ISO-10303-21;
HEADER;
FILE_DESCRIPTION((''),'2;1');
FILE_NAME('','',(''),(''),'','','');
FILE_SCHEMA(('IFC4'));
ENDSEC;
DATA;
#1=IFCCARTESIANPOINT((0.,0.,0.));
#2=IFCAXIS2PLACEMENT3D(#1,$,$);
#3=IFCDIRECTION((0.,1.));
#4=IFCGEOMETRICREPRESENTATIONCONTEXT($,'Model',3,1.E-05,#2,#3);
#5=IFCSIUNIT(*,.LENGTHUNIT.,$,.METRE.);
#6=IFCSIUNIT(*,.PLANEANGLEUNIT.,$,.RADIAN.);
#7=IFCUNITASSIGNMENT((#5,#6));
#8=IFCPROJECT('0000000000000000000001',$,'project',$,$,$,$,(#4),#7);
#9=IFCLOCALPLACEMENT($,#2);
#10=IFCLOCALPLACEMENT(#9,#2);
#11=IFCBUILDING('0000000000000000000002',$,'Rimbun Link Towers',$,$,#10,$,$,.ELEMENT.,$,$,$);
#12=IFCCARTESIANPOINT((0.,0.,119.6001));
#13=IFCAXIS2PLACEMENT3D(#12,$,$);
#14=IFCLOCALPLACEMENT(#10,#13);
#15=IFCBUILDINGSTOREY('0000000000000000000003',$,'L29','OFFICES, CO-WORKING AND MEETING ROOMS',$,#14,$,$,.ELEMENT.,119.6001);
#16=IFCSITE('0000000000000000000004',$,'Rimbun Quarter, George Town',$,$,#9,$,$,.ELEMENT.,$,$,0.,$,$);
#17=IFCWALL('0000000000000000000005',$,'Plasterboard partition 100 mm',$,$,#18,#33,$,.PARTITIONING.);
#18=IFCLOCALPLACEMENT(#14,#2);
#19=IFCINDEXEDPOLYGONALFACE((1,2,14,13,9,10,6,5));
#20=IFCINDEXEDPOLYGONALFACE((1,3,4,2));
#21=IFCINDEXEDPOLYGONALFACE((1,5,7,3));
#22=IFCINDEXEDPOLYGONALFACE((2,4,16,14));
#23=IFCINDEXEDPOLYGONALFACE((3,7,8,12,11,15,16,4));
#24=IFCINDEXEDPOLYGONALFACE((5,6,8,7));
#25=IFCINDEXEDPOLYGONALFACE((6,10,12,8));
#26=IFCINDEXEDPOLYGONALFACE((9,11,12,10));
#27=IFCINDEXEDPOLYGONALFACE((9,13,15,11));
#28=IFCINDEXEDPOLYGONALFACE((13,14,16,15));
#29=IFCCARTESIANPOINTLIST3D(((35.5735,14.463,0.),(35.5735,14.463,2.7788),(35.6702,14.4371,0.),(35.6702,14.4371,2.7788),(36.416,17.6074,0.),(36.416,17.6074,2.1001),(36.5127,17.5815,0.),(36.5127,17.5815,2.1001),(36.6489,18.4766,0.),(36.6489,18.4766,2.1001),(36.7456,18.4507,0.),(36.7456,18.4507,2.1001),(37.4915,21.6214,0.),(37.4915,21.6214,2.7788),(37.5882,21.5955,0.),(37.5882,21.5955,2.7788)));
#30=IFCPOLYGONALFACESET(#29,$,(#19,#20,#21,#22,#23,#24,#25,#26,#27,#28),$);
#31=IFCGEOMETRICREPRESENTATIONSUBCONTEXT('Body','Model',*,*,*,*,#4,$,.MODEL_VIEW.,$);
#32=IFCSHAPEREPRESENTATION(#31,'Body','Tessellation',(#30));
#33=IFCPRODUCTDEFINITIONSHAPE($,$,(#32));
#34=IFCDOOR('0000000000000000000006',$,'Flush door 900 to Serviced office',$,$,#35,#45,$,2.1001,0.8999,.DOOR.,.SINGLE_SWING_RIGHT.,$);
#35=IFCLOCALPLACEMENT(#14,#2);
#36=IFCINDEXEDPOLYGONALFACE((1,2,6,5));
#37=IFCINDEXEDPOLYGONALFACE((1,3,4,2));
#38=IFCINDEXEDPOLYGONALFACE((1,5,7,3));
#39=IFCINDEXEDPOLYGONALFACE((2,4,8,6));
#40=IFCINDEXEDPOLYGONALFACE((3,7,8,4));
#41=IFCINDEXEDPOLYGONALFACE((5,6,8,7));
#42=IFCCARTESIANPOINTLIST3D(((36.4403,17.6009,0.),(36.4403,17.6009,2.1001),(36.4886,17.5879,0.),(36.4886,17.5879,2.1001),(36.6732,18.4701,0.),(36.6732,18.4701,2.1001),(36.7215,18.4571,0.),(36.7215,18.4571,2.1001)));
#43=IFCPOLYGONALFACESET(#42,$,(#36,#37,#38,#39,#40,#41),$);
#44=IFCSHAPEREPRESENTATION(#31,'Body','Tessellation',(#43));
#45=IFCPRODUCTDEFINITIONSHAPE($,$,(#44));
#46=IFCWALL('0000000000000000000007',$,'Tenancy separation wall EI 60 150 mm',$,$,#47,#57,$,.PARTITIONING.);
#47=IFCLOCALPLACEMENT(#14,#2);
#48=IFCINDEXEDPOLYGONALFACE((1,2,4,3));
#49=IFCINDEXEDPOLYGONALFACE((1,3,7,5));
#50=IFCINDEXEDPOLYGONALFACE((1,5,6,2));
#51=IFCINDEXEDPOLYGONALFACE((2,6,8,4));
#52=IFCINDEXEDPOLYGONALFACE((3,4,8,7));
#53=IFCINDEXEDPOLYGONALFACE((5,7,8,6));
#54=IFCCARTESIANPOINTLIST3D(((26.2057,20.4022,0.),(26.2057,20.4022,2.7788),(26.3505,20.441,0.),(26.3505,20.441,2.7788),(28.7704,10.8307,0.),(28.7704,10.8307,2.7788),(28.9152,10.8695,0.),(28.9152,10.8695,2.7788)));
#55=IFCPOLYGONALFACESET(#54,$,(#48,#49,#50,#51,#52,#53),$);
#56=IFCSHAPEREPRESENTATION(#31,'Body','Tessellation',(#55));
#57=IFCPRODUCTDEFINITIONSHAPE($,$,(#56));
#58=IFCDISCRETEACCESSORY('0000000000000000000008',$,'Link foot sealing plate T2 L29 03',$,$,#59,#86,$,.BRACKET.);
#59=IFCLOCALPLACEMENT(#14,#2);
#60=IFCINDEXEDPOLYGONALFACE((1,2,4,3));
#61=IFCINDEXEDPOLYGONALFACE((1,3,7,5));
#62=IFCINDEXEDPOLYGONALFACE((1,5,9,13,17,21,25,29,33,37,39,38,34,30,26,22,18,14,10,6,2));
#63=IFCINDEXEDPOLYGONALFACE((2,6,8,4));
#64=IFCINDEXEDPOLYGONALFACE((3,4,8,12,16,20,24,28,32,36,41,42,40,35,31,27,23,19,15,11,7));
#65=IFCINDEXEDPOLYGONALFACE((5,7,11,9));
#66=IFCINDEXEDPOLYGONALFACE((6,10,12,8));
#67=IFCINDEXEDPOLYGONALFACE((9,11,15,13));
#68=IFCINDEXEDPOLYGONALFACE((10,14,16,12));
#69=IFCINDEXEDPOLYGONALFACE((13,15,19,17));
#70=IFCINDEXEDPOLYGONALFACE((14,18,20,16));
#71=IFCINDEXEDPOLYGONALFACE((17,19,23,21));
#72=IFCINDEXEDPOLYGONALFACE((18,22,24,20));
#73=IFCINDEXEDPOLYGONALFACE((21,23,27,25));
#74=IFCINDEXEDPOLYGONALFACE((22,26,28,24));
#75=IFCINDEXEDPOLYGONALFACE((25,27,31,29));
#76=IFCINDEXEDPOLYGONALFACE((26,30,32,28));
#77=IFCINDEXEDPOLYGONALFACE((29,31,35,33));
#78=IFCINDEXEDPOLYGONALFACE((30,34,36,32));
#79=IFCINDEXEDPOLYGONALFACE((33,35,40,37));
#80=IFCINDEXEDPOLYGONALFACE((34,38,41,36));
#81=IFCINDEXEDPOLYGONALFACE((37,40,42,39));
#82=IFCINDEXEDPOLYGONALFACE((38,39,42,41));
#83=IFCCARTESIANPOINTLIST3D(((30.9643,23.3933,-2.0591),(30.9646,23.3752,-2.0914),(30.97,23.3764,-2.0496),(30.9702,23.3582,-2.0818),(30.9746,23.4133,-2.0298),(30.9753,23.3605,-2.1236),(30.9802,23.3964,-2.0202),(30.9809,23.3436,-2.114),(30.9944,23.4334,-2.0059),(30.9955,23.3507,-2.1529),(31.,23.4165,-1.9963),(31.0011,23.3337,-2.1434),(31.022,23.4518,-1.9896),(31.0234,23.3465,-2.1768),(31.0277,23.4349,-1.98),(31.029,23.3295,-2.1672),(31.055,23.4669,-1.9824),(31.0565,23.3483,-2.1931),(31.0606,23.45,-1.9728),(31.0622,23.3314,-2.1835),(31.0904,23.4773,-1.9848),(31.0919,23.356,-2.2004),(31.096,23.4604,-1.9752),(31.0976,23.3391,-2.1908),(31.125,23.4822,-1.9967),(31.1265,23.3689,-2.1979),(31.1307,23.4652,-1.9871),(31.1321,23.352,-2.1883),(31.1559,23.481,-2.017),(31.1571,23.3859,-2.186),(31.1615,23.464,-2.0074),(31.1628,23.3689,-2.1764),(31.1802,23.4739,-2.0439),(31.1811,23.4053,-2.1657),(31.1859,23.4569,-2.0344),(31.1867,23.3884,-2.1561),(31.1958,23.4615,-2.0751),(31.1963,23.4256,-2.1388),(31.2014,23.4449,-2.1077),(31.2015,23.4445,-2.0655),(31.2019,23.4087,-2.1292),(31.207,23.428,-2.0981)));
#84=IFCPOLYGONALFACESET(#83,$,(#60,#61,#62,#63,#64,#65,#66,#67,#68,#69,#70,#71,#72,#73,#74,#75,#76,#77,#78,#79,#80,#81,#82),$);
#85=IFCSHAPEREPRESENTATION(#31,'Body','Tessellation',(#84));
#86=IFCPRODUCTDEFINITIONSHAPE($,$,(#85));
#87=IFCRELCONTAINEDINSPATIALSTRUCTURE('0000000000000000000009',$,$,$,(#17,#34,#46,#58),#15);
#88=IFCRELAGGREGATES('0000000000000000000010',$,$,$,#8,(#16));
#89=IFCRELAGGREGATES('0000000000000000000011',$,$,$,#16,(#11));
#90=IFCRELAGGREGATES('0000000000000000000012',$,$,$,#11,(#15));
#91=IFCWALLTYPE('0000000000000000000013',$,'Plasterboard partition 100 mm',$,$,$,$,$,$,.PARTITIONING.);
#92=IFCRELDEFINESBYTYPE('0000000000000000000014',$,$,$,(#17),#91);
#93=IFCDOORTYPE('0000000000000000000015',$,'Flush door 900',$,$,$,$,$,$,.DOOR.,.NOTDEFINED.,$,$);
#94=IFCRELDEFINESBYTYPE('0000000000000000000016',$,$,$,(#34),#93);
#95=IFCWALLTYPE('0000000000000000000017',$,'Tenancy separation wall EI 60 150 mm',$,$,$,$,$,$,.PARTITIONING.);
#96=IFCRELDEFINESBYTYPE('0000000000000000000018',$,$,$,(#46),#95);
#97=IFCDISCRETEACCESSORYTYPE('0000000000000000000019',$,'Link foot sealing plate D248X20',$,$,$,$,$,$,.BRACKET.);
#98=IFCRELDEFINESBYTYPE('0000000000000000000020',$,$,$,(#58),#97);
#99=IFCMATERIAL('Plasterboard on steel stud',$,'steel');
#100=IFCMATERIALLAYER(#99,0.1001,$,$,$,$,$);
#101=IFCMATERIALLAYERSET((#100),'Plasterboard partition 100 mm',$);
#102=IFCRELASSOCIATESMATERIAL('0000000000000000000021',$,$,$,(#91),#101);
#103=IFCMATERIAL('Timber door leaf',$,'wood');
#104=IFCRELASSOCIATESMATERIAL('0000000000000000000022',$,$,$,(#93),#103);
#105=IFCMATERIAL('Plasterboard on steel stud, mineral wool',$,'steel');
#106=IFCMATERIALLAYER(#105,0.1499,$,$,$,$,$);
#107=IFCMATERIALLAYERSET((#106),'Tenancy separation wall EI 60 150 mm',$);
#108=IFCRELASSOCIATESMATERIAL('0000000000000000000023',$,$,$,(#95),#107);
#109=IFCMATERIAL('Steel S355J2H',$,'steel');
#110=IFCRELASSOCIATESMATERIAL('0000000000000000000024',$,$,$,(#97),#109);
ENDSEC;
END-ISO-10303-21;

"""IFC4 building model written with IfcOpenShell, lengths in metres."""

from ifc_helpers import new_model, si_unit, direction, frame, frame_2d, origin, origin_2d, place, context, subcontext, project, spatial, rectangle, circle, extrude, material, layer, layer_set, material_profile, profile_set, type_object, element, fill, save


model = new_model("IFC4")

# Units and contexts
model_context = context("Model", 3, precision=1e-05, world=origin(), true_north=direction((0.0, 1.0)))
body_context = subcontext(model_context, "Body", "Model", "MODEL_VIEW")
ifc_project = project(units=[si_unit("LENGTHUNIT", "METRE"), si_unit("PLANEANGLEUNIT", "RADIAN")], contexts=[model_context])

# Site, building, storey
site_placement = place(None, origin())
site = spatial("IfcSite", under=ifc_project, at=site_placement, Name="Rimbun Quarter, George Town", CompositionType="ELEMENT", RefElevation=0.0)
building_placement = place(site_placement, origin())
building = spatial("IfcBuilding", under=site, at=building_placement, Name="Rimbun Link Towers", CompositionType="ELEMENT")
storey_placement = place(building_placement, frame((0.0, 0.0, 119.6001)))
storey = spatial("IfcBuildingStorey", under=building, at=storey_placement, Name="L29", Description="OFFICES, CO-WORKING AND MEETING ROOMS", CompositionType="ELEMENT", Elevation=119.6001)

# Shared definitions
ifc_material_1 = material(Name="Plasterboard on steel stud", Category="steel")
ifc_layer_1 = layer(ifc_material_1, 0.1001)
ifc_layer_set_1 = layer_set([ifc_layer_1], Name="Plasterboard partition 100 mm")
wall_type_1 = type_object("IfcWallType", Name="Plasterboard partition 100 mm", PredefinedType="PARTITIONING", material=ifc_layer_set_1)
ifc_material_2 = material(Name="Timber door leaf", Category="wood")
door_type = type_object("IfcDoorType", Name="Flush door 900", OperationType="NOTDEFINED", PredefinedType="DOOR", material=ifc_material_2)

# Wall, opening, door
wall_1_placement = place(storey_placement, frame((35.6218, 14.45, 0.0), z_axis=(0.0, 0.0, 1.0), x_axis=(0.258803, 0.96593, 0.0)))
wall_1 = element("IfcWall", 1, at=wall_1_placement, inside=storey, type_object=wall_type_1, Name="Plasterboard partition 100 mm", PredefinedType="PARTITIONING", context=body_context, shape_type="SweptSolid", body=[
    extrude(rectangle(XDim=7.4109, YDim=0.1001, at=frame_2d((3.7056, 0.0))), origin(), (0.0, 0.0, 1.0), 2.7788),
])
opening_1_placement = place(wall_1_placement, frame((3.2554, 0.0, 0.0)))
opening_1 = element("IfcOpeningElement", 2, at=opening_1_placement, cuts=wall_1, PredefinedType="OPENING", context=body_context, shape_type="SweptSolid", body=[
    extrude(rectangle(XDim=0.8999, YDim=2.1001, at=frame_2d((0.45, 1.05))), frame((0.0, 0.0601, 0.0), z_axis=(0.0, -1.0, 0.0), x_axis=(1.0, 0.0, 0.0)), (0.0, 0.0, 1.0), 0.1201),
])
door_1_placement = place(opening_1_placement, origin())
door_1 = element("IfcDoor", 3, at=door_1_placement, inside=storey, type_object=door_type, Name="Flush door 900 to Serviced office", OperationType="SINGLE_SWING_RIGHT", OverallHeight=2.1001, OverallWidth=0.8999, PredefinedType="DOOR", context=body_context, shape_type="SweptSolid", body=[
    extrude(rectangle(XDim=0.8999, YDim=2.1001, at=frame_2d((0.45, 1.05))), frame((0.0, 0.0249, 0.0), z_axis=(0.0, -1.0, 0.0), x_axis=(1.0, 0.0, 0.0)), (0.0, 0.0, 1.0), 0.05),
])
fill(opening_1, door_1)

# Wall
ifc_material_3 = material(Name="Plasterboard on steel stud, mineral wool", Category="steel")
ifc_layer_2 = layer(ifc_material_3, 0.1499)
ifc_layer_set_2 = layer_set([ifc_layer_2], Name="Tenancy separation wall EI 60 150 mm")
wall_type_2 = type_object("IfcWallType", Name="Tenancy separation wall EI 60 150 mm", PredefinedType="PARTITIONING", material=ifc_layer_set_2)
wall_2_placement = place(storey_placement, frame((28.8428, 10.8501, 0.0), z_axis=(0.0, 0.0, 1.0), x_axis=(-0.25882, 0.965926, 0.0)))
element("IfcWall", 4, at=wall_2_placement, inside=storey, type_object=wall_type_2, Name="Tenancy separation wall EI 60 150 mm", PredefinedType="PARTITIONING", context=body_context, shape_type="SweptSolid", body=[
    extrude(rectangle(XDim=9.9092, YDim=0.1499, at=frame_2d((4.9546, 0.0))), origin(), (0.0, 0.0, 1.0), 2.7788),
])

# Discrete accessory
ifc_material_4 = material(Name="Steel S355J2H", Category="steel")
ifc_material_profile_1 = material_profile(ifc_material_4, circle(Radius=0.124, at=origin_2d()), Name="PL D248")
ifc_profile_set_1 = profile_set([ifc_material_profile_1], Name="Steel S355J2H")
discrete_accessory_type = type_object("IfcDiscreteAccessoryType", Name="Link foot sealing plate D248X20", PredefinedType="BRACKET", material=ifc_profile_set_1)
discrete_accessory_placement = place(storey_placement, frame((31.0879, 23.3975, -2.0818), z_axis=(-0.278691, 0.836072, -0.472562), x_axis=(-0.948683, -0.316228, 0.0)))
element("IfcDiscreteAccessory", 5, at=discrete_accessory_placement, inside=storey, type_object=discrete_accessory_type, Name="Link foot sealing plate T2 L29 03", PredefinedType="BRACKET", context=body_context, shape_type="SweptSolid", body=[
    extrude(circle(Radius=0.124, at=origin_2d()), origin(), (0.0, 0.0, 1.0), 0.0203),
])

save(model, "model.ifc")
